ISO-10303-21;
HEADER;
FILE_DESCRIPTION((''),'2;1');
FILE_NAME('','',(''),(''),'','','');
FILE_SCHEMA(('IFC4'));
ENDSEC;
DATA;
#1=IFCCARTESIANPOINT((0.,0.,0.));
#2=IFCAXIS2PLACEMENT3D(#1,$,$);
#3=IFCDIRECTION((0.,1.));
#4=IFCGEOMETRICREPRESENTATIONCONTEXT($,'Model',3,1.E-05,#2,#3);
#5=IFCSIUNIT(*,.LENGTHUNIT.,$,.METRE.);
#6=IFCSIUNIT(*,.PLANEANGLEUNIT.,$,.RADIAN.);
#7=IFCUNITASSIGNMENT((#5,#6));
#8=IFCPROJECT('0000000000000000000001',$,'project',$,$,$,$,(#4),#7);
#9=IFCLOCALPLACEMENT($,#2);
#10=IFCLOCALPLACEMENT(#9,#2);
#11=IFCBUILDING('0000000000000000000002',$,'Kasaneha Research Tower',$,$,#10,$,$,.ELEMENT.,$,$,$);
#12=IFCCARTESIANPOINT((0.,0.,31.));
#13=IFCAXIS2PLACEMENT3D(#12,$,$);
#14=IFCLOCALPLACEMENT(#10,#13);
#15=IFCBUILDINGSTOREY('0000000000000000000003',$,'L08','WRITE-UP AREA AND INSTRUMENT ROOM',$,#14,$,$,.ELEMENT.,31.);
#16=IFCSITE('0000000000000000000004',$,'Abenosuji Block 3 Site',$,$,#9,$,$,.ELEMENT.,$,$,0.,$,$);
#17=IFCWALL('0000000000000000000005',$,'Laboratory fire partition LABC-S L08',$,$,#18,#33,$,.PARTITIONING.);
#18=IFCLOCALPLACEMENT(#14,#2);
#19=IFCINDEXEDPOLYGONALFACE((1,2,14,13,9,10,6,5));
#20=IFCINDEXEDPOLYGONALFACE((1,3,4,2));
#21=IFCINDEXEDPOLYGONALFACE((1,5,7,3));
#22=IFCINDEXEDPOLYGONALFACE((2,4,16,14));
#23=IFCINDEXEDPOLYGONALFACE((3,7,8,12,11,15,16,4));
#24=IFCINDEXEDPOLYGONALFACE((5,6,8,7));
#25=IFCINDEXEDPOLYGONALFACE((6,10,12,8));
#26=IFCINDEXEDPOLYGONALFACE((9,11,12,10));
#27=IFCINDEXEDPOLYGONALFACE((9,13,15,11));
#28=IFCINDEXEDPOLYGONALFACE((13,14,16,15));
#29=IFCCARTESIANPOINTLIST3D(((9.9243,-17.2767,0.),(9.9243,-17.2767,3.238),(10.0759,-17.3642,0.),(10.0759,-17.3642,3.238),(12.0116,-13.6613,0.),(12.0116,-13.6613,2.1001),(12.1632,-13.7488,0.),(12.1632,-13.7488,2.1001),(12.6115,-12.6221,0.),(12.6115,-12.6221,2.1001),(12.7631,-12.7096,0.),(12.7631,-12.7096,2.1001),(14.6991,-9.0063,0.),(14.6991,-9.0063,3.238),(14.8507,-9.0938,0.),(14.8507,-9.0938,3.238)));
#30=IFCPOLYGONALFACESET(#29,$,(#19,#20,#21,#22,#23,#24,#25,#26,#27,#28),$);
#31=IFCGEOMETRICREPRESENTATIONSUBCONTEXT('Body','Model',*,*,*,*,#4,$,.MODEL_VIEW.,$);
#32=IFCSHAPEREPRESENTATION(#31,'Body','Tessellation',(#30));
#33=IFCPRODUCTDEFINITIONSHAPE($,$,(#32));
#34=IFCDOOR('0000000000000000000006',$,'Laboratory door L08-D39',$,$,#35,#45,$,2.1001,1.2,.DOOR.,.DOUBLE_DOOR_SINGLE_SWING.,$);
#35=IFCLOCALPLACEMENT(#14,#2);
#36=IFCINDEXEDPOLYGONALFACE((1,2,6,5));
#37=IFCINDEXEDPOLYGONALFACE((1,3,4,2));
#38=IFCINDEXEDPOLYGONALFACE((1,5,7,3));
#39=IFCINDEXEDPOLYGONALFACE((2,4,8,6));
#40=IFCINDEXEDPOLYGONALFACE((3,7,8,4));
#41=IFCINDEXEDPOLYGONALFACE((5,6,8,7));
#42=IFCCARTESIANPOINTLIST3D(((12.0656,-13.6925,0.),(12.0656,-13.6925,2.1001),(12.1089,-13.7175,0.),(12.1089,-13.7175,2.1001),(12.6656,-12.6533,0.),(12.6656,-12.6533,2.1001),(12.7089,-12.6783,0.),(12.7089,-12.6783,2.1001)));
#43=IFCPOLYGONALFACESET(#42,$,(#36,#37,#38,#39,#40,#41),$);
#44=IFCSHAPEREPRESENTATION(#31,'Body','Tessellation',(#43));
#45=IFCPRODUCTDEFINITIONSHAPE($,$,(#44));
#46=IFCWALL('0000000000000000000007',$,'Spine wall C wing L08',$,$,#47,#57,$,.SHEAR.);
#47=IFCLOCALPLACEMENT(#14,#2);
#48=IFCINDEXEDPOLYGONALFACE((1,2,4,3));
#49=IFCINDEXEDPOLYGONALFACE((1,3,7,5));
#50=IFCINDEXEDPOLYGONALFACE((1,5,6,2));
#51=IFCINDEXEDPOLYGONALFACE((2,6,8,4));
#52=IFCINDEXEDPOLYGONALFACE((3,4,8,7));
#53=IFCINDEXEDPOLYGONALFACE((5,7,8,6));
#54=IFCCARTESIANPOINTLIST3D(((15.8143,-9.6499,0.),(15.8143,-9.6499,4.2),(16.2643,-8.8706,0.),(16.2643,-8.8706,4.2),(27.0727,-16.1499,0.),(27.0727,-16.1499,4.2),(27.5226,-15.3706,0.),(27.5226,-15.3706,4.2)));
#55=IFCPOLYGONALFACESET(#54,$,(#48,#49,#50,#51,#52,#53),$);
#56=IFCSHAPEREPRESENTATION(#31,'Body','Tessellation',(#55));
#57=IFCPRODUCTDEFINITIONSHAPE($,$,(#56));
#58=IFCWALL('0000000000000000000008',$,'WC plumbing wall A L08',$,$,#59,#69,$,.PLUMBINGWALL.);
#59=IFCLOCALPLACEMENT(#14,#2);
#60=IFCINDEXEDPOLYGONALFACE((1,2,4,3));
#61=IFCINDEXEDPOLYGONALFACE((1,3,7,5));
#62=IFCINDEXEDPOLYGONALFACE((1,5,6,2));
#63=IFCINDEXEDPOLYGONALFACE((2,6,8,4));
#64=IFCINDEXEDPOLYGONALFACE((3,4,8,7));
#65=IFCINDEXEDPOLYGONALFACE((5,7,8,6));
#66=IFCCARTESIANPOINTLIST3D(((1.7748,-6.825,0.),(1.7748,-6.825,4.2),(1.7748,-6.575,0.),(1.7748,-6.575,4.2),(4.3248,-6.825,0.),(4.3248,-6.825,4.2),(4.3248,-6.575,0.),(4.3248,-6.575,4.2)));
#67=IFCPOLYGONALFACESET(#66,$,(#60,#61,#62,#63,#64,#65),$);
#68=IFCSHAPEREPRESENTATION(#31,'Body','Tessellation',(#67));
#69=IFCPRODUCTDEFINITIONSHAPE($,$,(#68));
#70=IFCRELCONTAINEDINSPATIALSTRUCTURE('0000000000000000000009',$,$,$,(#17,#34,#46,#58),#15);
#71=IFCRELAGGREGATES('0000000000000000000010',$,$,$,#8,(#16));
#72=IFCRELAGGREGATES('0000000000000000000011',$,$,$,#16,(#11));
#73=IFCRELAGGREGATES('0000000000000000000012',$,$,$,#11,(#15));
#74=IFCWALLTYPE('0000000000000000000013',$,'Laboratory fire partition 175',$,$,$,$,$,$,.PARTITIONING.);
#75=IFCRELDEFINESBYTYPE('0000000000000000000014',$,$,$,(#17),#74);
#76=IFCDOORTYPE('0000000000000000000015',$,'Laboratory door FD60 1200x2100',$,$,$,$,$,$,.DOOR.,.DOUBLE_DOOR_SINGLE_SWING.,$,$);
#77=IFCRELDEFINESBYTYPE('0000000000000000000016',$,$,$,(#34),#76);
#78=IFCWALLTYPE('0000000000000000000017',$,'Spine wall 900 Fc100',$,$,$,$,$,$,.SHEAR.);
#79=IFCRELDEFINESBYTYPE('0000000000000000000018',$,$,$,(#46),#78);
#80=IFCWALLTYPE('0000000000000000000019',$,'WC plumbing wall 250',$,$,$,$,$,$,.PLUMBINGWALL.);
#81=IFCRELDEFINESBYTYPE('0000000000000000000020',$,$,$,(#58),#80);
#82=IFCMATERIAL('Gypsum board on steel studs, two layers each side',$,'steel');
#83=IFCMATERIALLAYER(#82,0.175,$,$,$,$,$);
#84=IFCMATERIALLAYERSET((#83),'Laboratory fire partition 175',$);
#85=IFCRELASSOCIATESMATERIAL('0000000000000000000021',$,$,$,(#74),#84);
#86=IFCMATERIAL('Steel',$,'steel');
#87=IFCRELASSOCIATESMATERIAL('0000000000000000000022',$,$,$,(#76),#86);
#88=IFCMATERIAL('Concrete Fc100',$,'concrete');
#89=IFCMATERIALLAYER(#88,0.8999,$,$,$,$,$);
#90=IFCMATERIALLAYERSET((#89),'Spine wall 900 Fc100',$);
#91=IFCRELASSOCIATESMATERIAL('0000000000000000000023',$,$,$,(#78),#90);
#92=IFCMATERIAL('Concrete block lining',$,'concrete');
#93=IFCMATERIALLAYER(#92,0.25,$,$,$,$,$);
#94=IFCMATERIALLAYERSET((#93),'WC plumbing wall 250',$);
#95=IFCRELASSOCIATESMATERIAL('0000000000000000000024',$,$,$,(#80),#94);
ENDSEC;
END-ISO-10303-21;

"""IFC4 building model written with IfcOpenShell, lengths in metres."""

from ifc_helpers import new_model, si_unit, direction, frame, frame_2d, origin, place, context, subcontext, project, spatial, rectangle, extrude, material, layer, layer_set, type_object, element, fill, save


model = new_model("IFC4")

# Units and contexts
model_context = context("Model", 3, precision=1e-05, world=origin(), true_north=direction((0.0, 1.0)))
body_context = subcontext(model_context, "Body", "Model", "MODEL_VIEW")
ifc_project = project(units=[si_unit("LENGTHUNIT", "METRE"), si_unit("PLANEANGLEUNIT", "RADIAN")], contexts=[model_context])

# Site, building, storey
site_placement = place(None, origin())
site = spatial("IfcSite", under=ifc_project, at=site_placement, Name="Abenosuji Block 3 Site", CompositionType="ELEMENT", RefElevation=0.0)
building_placement = place(site_placement, origin())
building = spatial("IfcBuilding", under=site, at=building_placement, Name="Kasaneha Research Tower", CompositionType="ELEMENT")
storey_placement = place(building_placement, frame((0.0, 0.0, 31.0)))
storey = spatial("IfcBuildingStorey", under=building, at=storey_placement, Name="L08", Description="WRITE-UP AREA AND INSTRUMENT ROOM", CompositionType="ELEMENT", Elevation=31.0)

# Wall, opening, door
ifc_material_1 = material(Name="Gypsum board on steel studs, two layers each side", Category="steel")
ifc_layer_1 = layer(ifc_material_1, 0.175)
ifc_layer_set_1 = layer_set([ifc_layer_1], Name="Laboratory fire partition 175")
wall_type_1 = type_object("IfcWallType", Name="Laboratory fire partition 175", PredefinedType="PARTITIONING", material=ifc_layer_set_1)
ifc_material_2 = material(Name="Steel", Category="steel")
door_type_1 = type_object("IfcDoorType", Name="Laboratory door FD60 1200x2100", OperationType="DOUBLE_DOOR_SINGLE_SWING", PredefinedType="DOOR", material=ifc_material_2)
wall_1_placement = place(storey_placement, frame((14.7749, -9.05, 0.0), z_axis=(0.0, 0.0, 1.0), x_axis=(-0.499994, -0.866029, 0.0)))
wall_1 = element("IfcWall", 1, at=wall_1_placement, inside=storey, type_object=wall_type_1, Name="Laboratory fire partition LABC-S L08", PredefinedType="PARTITIONING", context=body_context, shape_type="SweptSolid", body=[
    extrude(rectangle(XDim=9.5498, YDim=0.175, at=frame_2d((4.7749, 0.0))), origin(), (0.0, 0.0, 1.0), 3.238),
])
opening_1_placement = place(wall_1_placement, frame((4.175, 0.0, 0.0)))
opening_1 = element("IfcOpeningElement", 2, at=opening_1_placement, cuts=wall_1, PredefinedType="OPENING", context=body_context, shape_type="SweptSolid", body=[
    extrude(rectangle(XDim=1.2, YDim=2.1001, at=frame_2d((0.6001, 1.05))), frame((0.0, 0.0977, 0.0), z_axis=(0.0, -1.0, 0.0), x_axis=(1.0, 0.0, 0.0)), (0.0, 0.0, 1.0), 0.1951),
])
door_1_placement = place(opening_1_placement, origin())
door_1 = element("IfcDoor", 3, at=door_1_placement, inside=storey, type_object=door_type_1, Name="Laboratory door L08-D39", OperationType="DOUBLE_DOOR_SINGLE_SWING", OverallHeight=2.1001, OverallWidth=1.2, PredefinedType="DOOR", context=body_context, shape_type="SweptSolid", body=[
    extrude(rectangle(XDim=1.2, YDim=2.1001, at=frame_2d((0.6001, 1.05))), frame((0.0, 0.0249, 0.0), z_axis=(0.0, -1.0, 0.0), x_axis=(1.0, 0.0, 0.0)), (0.0, 0.0, 1.0), 0.05),
])
fill(opening_1, door_1)

# Walls
ifc_material_3 = material(Name="Concrete Fc100", Category="concrete")
ifc_layer_2 = layer(ifc_material_3, 0.8999)
ifc_layer_set_2 = layer_set([ifc_layer_2], Name="Spine wall 900 Fc100")
wall_type_2 = type_object("IfcWallType", Name="Spine wall 900 Fc100", PredefinedType="SHEAR", material=ifc_layer_set_2)
wall_2_placement = place(storey_placement, frame((16.0393, -9.2603, 0.0), z_axis=(0.0, 0.0, 1.0), x_axis=(0.866025, -0.500001, 0.0)))
element("IfcWall", 4, at=wall_2_placement, inside=storey, type_object=wall_type_2, Name="Spine wall C wing L08", PredefinedType="SHEAR", context=body_context, shape_type="SweptSolid", body=[
    extrude(rectangle(XDim=13.0, YDim=0.8999, at=frame_2d((6.5, 0.0))), origin(), (0.0, 0.0, 1.0), 4.2),
])
ifc_material_4 = material(Name="Concrete block lining", Category="concrete")
ifc_layer_3 = layer(ifc_material_4, 0.25)
ifc_layer_set_3 = layer_set([ifc_layer_3], Name="WC plumbing wall 250")
wall_type_3 = type_object("IfcWallType", Name="WC plumbing wall 250", PredefinedType="PLUMBINGWALL", material=ifc_layer_set_3)
wall_3_placement = place(storey_placement, frame((1.7749, -6.7, 0.0), z_axis=(0.0, 0.0, 1.0), x_axis=(1.0, 0.0, 0.0)))
element("IfcWall", 5, at=wall_3_placement, inside=storey, type_object=wall_type_3, Name="WC plumbing wall A L08", PredefinedType="PLUMBINGWALL", context=body_context, shape_type="SweptSolid", body=[
    extrude(rectangle(XDim=2.55, YDim=0.25, at=frame_2d((1.2749, 0.0))), origin(), (0.0, 0.0, 1.0), 4.2),
])

save(model, "model.ifc")
